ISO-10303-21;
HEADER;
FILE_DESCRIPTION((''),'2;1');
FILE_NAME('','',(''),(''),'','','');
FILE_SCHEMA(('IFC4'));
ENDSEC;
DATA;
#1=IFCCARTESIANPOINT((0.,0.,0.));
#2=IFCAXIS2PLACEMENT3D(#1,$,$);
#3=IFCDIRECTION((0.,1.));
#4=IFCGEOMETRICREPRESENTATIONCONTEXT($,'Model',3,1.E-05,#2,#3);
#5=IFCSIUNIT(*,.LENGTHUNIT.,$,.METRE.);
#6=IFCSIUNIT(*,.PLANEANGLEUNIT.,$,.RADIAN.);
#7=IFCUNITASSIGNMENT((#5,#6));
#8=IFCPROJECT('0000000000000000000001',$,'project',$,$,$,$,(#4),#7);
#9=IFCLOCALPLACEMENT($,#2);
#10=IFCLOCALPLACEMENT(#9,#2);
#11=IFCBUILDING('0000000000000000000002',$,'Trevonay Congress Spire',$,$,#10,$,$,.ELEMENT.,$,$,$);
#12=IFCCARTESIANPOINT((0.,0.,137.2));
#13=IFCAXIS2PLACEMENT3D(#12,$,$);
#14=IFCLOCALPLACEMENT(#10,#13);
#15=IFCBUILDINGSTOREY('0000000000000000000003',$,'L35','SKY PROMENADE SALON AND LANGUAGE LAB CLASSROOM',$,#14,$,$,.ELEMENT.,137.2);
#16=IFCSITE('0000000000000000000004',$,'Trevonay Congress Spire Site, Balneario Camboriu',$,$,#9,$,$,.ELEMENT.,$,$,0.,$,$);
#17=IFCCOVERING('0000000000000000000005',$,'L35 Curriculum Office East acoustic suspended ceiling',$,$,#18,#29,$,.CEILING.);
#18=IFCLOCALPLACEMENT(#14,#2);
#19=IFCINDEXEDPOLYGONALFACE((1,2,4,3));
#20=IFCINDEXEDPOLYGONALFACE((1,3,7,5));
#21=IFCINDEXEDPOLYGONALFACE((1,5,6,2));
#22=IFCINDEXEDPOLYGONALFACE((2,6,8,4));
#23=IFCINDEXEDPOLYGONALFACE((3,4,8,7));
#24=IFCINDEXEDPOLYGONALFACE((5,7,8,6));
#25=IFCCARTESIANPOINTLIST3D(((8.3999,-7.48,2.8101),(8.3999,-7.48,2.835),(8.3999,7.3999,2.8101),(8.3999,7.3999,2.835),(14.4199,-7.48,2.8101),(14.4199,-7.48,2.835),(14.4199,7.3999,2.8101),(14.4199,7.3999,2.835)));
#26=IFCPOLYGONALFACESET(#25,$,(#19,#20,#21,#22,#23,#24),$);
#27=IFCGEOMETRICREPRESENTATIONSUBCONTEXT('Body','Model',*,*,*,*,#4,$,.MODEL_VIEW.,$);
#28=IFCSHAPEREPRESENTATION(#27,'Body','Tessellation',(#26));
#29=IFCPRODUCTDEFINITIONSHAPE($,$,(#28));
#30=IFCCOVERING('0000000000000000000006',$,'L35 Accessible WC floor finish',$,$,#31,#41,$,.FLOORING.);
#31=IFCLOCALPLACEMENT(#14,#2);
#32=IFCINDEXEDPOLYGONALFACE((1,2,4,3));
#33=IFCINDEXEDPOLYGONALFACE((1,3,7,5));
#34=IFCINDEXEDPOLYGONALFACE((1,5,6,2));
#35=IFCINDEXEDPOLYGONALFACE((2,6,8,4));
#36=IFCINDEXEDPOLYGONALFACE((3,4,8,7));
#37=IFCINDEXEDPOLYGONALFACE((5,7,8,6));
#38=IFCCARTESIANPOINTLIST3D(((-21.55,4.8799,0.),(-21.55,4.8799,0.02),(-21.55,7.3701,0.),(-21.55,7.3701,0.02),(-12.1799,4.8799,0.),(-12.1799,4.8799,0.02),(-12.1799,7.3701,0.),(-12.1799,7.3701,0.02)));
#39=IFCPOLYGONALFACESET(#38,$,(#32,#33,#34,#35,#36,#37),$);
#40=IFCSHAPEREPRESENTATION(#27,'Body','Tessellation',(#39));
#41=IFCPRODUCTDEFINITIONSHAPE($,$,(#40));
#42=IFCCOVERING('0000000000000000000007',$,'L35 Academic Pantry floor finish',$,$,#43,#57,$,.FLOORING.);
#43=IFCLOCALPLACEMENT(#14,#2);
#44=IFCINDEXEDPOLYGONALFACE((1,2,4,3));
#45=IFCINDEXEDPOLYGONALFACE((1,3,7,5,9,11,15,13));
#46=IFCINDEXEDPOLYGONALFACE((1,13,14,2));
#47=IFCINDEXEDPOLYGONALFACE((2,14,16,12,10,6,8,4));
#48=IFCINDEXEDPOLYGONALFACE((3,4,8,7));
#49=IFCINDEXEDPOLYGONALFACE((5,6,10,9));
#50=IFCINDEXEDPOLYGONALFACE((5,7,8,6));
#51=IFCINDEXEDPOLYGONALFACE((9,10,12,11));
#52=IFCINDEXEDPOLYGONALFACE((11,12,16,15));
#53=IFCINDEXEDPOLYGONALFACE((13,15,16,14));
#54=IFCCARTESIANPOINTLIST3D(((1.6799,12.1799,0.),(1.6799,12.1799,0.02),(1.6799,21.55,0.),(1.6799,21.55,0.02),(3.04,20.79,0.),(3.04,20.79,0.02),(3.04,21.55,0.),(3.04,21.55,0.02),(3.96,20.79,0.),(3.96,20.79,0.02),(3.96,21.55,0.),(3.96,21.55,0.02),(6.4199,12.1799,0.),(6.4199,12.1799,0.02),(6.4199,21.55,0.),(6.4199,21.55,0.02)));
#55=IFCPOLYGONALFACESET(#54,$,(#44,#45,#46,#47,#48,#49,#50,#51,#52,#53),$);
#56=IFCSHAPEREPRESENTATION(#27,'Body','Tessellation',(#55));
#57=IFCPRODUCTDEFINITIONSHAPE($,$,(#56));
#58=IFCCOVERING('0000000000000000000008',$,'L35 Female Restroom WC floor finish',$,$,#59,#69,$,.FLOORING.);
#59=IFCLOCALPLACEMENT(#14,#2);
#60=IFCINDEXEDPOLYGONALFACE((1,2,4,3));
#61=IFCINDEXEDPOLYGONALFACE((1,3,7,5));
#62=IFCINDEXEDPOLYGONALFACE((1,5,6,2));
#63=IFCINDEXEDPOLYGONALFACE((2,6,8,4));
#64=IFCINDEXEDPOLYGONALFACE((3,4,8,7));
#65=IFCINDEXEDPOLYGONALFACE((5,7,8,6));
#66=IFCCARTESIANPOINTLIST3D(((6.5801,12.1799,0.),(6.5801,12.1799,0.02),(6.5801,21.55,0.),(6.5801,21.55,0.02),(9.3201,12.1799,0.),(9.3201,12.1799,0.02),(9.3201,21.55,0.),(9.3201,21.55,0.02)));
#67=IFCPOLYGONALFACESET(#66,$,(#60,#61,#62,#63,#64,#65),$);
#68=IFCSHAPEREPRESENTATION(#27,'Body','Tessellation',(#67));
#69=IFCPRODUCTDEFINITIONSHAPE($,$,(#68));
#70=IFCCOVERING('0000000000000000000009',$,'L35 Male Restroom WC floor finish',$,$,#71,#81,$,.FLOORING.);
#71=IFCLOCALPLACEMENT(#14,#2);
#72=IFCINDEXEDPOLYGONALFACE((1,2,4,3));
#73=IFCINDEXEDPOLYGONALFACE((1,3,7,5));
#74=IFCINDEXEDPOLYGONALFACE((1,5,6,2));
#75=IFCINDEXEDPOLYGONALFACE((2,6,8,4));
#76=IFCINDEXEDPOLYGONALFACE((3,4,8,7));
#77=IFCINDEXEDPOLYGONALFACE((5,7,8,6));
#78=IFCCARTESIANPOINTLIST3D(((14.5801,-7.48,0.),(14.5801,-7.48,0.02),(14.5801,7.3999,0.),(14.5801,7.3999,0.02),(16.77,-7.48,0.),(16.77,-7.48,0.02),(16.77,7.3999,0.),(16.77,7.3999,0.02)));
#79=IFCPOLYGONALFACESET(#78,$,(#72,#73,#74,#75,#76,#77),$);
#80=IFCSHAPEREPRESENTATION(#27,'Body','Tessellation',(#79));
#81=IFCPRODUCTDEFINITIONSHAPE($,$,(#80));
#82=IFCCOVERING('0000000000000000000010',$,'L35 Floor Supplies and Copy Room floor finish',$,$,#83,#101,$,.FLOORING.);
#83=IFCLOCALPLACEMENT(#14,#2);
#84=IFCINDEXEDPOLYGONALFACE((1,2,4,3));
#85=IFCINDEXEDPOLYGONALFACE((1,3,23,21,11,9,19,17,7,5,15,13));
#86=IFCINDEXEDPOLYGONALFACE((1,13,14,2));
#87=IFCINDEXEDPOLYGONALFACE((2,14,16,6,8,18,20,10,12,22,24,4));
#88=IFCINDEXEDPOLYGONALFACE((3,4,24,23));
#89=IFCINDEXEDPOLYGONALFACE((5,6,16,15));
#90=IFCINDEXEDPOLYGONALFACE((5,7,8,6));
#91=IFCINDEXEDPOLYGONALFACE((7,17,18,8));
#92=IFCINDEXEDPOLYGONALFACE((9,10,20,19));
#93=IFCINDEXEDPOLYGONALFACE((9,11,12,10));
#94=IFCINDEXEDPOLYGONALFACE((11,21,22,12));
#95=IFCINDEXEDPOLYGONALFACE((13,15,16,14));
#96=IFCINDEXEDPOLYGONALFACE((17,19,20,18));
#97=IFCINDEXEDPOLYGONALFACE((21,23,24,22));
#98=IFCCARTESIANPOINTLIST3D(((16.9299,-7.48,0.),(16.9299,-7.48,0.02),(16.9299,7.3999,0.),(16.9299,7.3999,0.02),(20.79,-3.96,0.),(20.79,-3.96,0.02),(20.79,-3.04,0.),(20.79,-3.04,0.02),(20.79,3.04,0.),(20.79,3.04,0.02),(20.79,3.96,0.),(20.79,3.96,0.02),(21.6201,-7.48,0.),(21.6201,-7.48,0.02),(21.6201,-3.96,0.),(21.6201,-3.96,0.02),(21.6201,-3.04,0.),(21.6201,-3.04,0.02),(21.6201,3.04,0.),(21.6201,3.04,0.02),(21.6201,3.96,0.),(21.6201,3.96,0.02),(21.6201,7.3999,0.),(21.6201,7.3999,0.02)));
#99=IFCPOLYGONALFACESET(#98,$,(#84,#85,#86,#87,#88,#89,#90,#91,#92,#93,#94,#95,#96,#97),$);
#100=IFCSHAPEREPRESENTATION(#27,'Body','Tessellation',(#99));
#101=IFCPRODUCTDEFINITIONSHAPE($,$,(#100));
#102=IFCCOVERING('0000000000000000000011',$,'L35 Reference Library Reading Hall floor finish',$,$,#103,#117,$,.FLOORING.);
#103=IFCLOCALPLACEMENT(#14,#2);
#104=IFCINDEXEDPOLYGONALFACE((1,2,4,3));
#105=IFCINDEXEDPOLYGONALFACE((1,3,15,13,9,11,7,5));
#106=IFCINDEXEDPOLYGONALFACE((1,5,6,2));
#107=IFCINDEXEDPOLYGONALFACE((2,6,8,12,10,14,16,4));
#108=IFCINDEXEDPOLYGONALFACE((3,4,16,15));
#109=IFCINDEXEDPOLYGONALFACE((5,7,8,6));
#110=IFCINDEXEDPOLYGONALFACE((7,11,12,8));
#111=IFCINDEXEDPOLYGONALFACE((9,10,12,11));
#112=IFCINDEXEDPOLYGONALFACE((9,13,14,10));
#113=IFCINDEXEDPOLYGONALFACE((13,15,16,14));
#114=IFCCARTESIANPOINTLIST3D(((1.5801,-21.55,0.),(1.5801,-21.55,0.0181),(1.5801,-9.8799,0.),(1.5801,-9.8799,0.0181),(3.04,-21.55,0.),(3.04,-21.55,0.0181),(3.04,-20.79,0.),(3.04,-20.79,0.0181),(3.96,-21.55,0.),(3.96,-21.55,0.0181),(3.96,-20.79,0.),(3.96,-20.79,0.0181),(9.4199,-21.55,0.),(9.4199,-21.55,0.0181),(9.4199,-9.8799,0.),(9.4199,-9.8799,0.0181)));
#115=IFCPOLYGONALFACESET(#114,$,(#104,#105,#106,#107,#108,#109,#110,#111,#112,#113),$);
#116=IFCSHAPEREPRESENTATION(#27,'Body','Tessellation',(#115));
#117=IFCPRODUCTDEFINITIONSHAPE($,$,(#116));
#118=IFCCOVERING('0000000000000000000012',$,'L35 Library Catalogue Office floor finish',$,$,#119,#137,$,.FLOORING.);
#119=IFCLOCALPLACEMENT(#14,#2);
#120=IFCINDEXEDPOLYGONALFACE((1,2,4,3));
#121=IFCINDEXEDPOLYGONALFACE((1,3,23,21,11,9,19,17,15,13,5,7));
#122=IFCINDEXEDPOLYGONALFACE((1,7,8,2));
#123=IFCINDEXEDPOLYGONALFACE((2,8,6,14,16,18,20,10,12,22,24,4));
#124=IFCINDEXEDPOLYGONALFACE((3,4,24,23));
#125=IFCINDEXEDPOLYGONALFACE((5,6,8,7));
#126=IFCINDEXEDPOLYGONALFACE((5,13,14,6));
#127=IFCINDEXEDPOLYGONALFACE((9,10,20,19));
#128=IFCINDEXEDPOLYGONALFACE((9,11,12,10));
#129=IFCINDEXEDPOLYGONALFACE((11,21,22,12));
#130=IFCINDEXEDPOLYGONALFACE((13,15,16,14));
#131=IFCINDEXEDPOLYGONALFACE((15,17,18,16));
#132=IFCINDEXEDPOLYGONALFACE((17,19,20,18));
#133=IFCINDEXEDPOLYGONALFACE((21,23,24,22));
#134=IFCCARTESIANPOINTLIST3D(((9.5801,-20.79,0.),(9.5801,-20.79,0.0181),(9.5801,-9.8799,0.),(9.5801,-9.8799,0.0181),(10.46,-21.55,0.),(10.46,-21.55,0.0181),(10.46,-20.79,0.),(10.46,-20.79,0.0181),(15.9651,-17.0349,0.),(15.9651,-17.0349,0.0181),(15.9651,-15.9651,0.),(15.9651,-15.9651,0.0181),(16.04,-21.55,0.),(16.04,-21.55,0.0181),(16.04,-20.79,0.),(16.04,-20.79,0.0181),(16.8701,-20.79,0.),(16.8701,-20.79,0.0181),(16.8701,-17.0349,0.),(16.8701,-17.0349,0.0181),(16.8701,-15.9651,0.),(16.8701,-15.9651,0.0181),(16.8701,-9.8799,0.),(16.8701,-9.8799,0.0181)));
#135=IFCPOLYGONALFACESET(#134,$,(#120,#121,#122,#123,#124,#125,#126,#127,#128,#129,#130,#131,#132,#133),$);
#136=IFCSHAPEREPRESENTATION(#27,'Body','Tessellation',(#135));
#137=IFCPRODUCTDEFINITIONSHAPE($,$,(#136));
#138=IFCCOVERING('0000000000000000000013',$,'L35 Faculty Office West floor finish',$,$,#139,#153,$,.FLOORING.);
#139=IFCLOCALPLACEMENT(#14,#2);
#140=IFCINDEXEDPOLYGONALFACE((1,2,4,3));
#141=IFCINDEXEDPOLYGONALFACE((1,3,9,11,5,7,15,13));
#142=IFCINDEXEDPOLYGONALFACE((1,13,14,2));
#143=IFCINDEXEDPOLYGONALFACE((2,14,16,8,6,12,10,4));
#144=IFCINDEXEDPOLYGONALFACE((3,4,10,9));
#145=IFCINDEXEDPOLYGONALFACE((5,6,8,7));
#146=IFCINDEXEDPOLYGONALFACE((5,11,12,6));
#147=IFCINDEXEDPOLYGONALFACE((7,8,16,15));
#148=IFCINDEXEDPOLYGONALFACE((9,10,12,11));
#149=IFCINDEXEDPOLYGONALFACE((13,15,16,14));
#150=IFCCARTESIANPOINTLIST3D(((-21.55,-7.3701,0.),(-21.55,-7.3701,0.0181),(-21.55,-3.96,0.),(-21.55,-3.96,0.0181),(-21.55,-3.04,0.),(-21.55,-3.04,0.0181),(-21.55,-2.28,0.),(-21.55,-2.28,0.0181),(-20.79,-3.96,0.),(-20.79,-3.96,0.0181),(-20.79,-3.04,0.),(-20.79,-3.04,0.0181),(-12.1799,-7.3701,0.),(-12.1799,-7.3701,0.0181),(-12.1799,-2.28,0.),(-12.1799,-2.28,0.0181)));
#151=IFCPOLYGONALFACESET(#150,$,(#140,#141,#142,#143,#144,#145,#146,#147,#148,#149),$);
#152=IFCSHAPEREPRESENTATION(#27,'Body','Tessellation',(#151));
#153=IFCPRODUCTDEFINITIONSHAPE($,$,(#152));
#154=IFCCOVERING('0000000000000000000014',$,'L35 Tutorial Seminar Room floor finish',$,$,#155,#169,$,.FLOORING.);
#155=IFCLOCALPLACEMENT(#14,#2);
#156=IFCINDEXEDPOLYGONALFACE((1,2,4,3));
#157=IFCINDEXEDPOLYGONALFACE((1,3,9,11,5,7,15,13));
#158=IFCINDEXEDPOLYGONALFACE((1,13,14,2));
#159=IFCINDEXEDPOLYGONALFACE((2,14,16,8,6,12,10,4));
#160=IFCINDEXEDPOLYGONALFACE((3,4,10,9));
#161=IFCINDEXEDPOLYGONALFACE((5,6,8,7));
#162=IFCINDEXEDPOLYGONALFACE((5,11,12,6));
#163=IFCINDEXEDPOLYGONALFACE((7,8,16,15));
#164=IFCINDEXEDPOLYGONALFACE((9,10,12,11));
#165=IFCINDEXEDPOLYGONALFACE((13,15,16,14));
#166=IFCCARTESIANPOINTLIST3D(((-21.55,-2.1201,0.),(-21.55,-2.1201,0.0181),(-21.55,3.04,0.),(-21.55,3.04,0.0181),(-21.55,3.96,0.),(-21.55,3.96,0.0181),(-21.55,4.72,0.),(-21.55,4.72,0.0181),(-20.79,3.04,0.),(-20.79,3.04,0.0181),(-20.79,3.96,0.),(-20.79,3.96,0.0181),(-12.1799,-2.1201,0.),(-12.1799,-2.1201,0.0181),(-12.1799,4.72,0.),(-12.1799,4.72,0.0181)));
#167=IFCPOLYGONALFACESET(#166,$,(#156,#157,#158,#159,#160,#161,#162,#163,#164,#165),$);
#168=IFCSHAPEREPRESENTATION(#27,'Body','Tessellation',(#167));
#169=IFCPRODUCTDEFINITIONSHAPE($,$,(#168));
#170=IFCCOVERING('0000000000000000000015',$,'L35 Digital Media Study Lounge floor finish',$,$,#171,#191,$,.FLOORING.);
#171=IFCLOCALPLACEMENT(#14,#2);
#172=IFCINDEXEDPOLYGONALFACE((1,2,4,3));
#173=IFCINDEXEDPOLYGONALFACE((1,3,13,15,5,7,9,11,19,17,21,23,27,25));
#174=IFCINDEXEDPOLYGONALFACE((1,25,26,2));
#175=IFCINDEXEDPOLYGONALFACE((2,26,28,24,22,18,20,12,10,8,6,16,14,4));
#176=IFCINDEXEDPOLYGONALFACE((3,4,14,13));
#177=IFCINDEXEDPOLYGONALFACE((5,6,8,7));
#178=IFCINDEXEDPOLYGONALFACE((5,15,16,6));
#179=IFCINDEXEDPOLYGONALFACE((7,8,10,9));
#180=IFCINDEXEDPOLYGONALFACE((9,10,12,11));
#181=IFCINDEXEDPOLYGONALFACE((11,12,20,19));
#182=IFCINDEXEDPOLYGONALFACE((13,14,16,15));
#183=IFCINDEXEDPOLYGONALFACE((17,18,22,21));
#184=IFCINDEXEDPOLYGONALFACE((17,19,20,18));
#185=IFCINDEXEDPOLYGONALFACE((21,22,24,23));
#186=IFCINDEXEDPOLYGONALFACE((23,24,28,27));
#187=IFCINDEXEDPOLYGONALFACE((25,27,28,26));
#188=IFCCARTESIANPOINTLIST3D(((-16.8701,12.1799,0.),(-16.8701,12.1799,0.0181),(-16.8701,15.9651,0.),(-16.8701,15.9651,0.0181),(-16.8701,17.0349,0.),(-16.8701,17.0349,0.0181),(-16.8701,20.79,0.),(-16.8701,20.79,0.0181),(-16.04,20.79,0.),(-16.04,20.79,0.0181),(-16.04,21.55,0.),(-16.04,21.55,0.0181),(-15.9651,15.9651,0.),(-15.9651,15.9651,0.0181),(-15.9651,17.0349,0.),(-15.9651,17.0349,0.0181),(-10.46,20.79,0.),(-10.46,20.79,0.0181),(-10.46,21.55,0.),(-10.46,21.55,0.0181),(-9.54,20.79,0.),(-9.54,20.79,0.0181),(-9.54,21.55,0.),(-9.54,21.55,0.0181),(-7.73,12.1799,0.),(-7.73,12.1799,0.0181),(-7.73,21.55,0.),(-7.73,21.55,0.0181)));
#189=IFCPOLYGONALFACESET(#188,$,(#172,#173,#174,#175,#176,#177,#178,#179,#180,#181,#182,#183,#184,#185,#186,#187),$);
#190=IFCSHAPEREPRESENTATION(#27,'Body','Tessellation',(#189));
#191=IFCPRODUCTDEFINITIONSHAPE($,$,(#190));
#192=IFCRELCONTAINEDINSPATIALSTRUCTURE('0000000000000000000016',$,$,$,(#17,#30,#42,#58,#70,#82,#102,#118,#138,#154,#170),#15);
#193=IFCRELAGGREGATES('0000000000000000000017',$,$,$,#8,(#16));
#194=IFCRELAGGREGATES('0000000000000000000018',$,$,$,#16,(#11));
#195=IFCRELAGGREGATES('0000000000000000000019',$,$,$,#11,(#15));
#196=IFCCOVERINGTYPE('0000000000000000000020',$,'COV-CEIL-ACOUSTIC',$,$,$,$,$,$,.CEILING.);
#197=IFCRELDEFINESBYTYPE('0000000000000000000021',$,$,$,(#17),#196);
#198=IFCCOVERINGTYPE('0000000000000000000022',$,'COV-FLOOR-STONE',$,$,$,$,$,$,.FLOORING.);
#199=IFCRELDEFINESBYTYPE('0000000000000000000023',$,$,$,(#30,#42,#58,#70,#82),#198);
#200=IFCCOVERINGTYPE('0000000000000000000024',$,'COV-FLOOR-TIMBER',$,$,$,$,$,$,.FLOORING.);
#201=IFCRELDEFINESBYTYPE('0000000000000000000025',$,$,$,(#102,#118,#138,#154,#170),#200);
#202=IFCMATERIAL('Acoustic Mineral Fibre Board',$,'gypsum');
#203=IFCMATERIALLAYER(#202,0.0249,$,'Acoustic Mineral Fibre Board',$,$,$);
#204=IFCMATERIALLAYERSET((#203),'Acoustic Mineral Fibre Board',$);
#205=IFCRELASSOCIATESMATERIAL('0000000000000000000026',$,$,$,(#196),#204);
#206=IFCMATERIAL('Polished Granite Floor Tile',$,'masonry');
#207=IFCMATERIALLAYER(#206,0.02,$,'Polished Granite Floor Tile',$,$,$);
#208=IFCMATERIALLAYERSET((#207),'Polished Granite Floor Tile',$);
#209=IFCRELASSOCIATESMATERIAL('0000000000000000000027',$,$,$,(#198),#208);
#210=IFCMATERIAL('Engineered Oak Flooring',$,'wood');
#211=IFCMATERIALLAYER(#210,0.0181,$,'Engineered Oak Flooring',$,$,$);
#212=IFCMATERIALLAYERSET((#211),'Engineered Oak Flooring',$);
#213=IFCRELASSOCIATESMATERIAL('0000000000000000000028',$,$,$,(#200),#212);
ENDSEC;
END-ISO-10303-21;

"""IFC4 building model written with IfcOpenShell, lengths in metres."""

from ifc_helpers import new_model, si_unit, direction, frame, origin, place, context, subcontext, project, spatial, polyline, outline, extrude, material, layer, layer_set, type_object, element, save


model = new_model("IFC4")

# Units and contexts
model_context = context("Model", 3, precision=1e-05, world=origin(), true_north=direction((0.0, 1.0)))
body_context = subcontext(model_context, "Body", "Model", "MODEL_VIEW")
ifc_project = project(units=[si_unit("LENGTHUNIT", "METRE"), si_unit("PLANEANGLEUNIT", "RADIAN")], contexts=[model_context])

# Site, building, storey
site_placement = place(None, origin())
site = spatial("IfcSite", under=ifc_project, at=site_placement, Name="Trevonay Congress Spire Site, Balneario Camboriu", CompositionType="ELEMENT", RefElevation=0.0)
building_placement = place(site_placement, origin())
building = spatial("IfcBuilding", under=site, at=building_placement, Name="Trevonay Congress Spire", CompositionType="ELEMENT")
storey_placement = place(building_placement, frame((0.0, 0.0, 137.2)))
storey = spatial("IfcBuildingStorey", under=building, at=storey_placement, Name="L35", Description="SKY PROMENADE SALON AND LANGUAGE LAB CLASSROOM", CompositionType="ELEMENT", Elevation=137.2)

# Coverings
ifc_material_1 = material(Name="Acoustic Mineral Fibre Board", Category="gypsum")
ifc_layer_1 = layer(ifc_material_1, 0.0249, Name="Acoustic Mineral Fibre Board")
ifc_layer_set_1 = layer_set([ifc_layer_1], Name="Acoustic Mineral Fibre Board")
covering_type_1 = type_object("IfcCoveringType", Name="COV-CEIL-ACOUSTIC", PredefinedType="CEILING", material=ifc_layer_set_1)
covering_1_placement = place(storey_placement, frame((0.0, 0.0, 2.8101)))
element("IfcCovering", 1, at=covering_1_placement, inside=storey, type_object=covering_type_1, Name="L35 Curriculum Office East acoustic suspended ceiling", PredefinedType="CEILING", context=body_context, shape_type="SweptSolid", body=[
    extrude(outline(polyline([(8.3999, -7.48), (14.4199, -7.48), (14.4199, 7.3999), (8.3999, 7.3999), (8.3999, -7.48)])), origin(), (0.0, 0.0, 1.0), 0.0249),
])
ifc_material_2 = material(Name="Polished Granite Floor Tile", Category="masonry")
ifc_layer_2 = layer(ifc_material_2, 0.02, Name="Polished Granite Floor Tile")
ifc_layer_set_2 = layer_set([ifc_layer_2], Name="Polished Granite Floor Tile")
covering_type_2 = type_object("IfcCoveringType", Name="COV-FLOOR-STONE", PredefinedType="FLOORING", material=ifc_layer_set_2)
covering_2_placement = place(storey_placement, origin())
element("IfcCovering", 2, at=covering_2_placement, inside=storey, type_object=covering_type_2, Name="L35 Accessible WC floor finish", PredefinedType="FLOORING", context=body_context, shape_type="SweptSolid", body=[
    extrude(outline(polyline([(-21.55, 4.8799), (-12.1799, 4.8799), (-12.1799, 7.3701), (-21.55, 7.3701), (-21.55, 4.8799)])), origin(), (0.0, 0.0, 1.0), 0.02),
])
covering_3_placement = place(storey_placement, origin())
element("IfcCovering", 3, at=covering_3_placement, inside=storey, type_object=covering_type_2, Name="L35 Academic Pantry floor finish", PredefinedType="FLOORING", context=body_context, shape_type="SweptSolid", body=[
    extrude(outline(polyline([(6.4199, 21.55), (6.4199, 12.1799), (1.6799, 12.1799), (1.6799, 21.55), (3.04, 21.55), (3.04, 20.79), (3.96, 20.79), (3.96, 21.55), (6.4199, 21.55)])), origin(), (0.0, 0.0, 1.0), 0.02),
])
covering_4_placement = place(storey_placement, origin())
element("IfcCovering", 4, at=covering_4_placement, inside=storey, type_object=covering_type_2, Name="L35 Female Restroom WC floor finish", PredefinedType="FLOORING", context=body_context, shape_type="SweptSolid", body=[
    extrude(outline(polyline([(6.5801, 12.1799), (9.3201, 12.1799), (9.3201, 21.55), (6.5801, 21.55), (6.5801, 12.1799)])), origin(), (0.0, 0.0, 1.0), 0.02),
])
covering_5_placement = place(storey_placement, origin())
element("IfcCovering", 5, at=covering_5_placement, inside=storey, type_object=covering_type_2, Name="L35 Male Restroom WC floor finish", PredefinedType="FLOORING", context=body_context, shape_type="SweptSolid", body=[
    extrude(outline(polyline([(14.5801, -7.48), (16.77, -7.48), (16.77, 7.3999), (14.5801, 7.3999), (14.5801, -7.48)])), origin(), (0.0, 0.0, 1.0), 0.02),
])
covering_6_placement = place(storey_placement, origin())
element("IfcCovering", 6, at=covering_6_placement, inside=storey, type_object=covering_type_2, Name="L35 Floor Supplies and Copy Room floor finish", PredefinedType="FLOORING", context=body_context, shape_type="SweptSolid", body=[
    extrude(outline(polyline([(21.6201, -7.48), (16.9299, -7.48), (16.9299, 7.3999), (21.6201, 7.3999), (21.6201, 3.96), (20.79, 3.96), (20.79, 3.04), (21.6201, 3.04), (21.6201, -3.04), (20.79, -3.04), (20.79, -3.96), (21.6201, -3.96), (21.6201, -7.48)])), origin(), (0.0, 0.0, 1.0), 0.02),
])
ifc_material_3 = material(Name="Engineered Oak Flooring", Category="wood")
ifc_layer_3 = layer(ifc_material_3, 0.0181, Name="Engineered Oak Flooring")
ifc_layer_set_3 = layer_set([ifc_layer_3], Name="Engineered Oak Flooring")
covering_type_3 = type_object("IfcCoveringType", Name="COV-FLOOR-TIMBER", PredefinedType="FLOORING", material=ifc_layer_set_3)
covering_7_placement = place(storey_placement, origin())
element("IfcCovering", 7, at=covering_7_placement, inside=storey, type_object=covering_type_3, Name="L35 Reference Library Reading Hall floor finish", PredefinedType="FLOORING", context=body_context, shape_type="SweptSolid", body=[
    extrude(outline(polyline([(1.5801, -21.55), (1.5801, -9.8799), (9.4199, -9.8799), (9.4199, -21.55), (3.96, -21.55), (3.96, -20.79), (3.04, -20.79), (3.04, -21.55), (1.5801, -21.55)])), origin(), (0.0, 0.0, 1.0), 0.0181),
])
covering_8_placement = place(storey_placement, origin())
element("IfcCovering", 8, at=covering_8_placement, inside=storey, type_object=covering_type_3, Name="L35 Library Catalogue Office floor finish", PredefinedType="FLOORING", context=body_context, shape_type="SweptSolid", body=[
    extrude(outline(polyline([(10.46, -21.55), (10.46, -20.79), (9.5801, -20.79), (9.5801, -9.8799), (16.8701, -9.8799), (16.8701, -15.9651), (15.9651, -15.9651), (15.9651, -17.0349), (16.8701, -17.0349), (16.8701, -20.79), (16.04, -20.79), (16.04, -21.55), (10.46, -21.55)])), origin(), (0.0, 0.0, 1.0), 0.0181),
])
covering_9_placement = place(storey_placement, origin())
element("IfcCovering", 9, at=covering_9_placement, inside=storey, type_object=covering_type_3, Name="L35 Faculty Office West floor finish", PredefinedType="FLOORING", context=body_context, shape_type="SweptSolid", body=[
    extrude(outline(polyline([(-21.55, -2.28), (-12.1799, -2.28), (-12.1799, -7.3701), (-21.55, -7.3701), (-21.55, -3.96), (-20.79, -3.96), (-20.79, -3.04), (-21.55, -3.04), (-21.55, -2.28)])), origin(), (0.0, 0.0, 1.0), 0.0181),
])
covering_10_placement = place(storey_placement, origin())
element("IfcCovering", 10, at=covering_10_placement, inside=storey, type_object=covering_type_3, Name="L35 Tutorial Seminar Room floor finish", PredefinedType="FLOORING", context=body_context, shape_type="SweptSolid", body=[
    extrude(outline(polyline([(-21.55, 4.72), (-12.1799, 4.72), (-12.1799, -2.1201), (-21.55, -2.1201), (-21.55, 3.04), (-20.79, 3.04), (-20.79, 3.96), (-21.55, 3.96), (-21.55, 4.72)])), origin(), (0.0, 0.0, 1.0), 0.0181),
])
covering_11_placement = place(storey_placement, origin())
element("IfcCovering", 11, at=covering_11_placement, inside=storey, type_object=covering_type_3, Name="L35 Digital Media Study Lounge floor finish", PredefinedType="FLOORING", context=body_context, shape_type="SweptSolid", body=[
    extrude(outline(polyline([(-7.73, 21.55), (-7.73, 12.1799), (-16.8701, 12.1799), (-16.8701, 15.9651), (-15.9651, 15.9651), (-15.9651, 17.0349), (-16.8701, 17.0349), (-16.8701, 20.79), (-16.04, 20.79), (-16.04, 21.55), (-10.46, 21.55), (-10.46, 20.79), (-9.54, 20.79), (-9.54, 21.55), (-7.73, 21.55)])), origin(), (0.0, 0.0, 1.0), 0.0181),
])

save(model, "model.ifc")
